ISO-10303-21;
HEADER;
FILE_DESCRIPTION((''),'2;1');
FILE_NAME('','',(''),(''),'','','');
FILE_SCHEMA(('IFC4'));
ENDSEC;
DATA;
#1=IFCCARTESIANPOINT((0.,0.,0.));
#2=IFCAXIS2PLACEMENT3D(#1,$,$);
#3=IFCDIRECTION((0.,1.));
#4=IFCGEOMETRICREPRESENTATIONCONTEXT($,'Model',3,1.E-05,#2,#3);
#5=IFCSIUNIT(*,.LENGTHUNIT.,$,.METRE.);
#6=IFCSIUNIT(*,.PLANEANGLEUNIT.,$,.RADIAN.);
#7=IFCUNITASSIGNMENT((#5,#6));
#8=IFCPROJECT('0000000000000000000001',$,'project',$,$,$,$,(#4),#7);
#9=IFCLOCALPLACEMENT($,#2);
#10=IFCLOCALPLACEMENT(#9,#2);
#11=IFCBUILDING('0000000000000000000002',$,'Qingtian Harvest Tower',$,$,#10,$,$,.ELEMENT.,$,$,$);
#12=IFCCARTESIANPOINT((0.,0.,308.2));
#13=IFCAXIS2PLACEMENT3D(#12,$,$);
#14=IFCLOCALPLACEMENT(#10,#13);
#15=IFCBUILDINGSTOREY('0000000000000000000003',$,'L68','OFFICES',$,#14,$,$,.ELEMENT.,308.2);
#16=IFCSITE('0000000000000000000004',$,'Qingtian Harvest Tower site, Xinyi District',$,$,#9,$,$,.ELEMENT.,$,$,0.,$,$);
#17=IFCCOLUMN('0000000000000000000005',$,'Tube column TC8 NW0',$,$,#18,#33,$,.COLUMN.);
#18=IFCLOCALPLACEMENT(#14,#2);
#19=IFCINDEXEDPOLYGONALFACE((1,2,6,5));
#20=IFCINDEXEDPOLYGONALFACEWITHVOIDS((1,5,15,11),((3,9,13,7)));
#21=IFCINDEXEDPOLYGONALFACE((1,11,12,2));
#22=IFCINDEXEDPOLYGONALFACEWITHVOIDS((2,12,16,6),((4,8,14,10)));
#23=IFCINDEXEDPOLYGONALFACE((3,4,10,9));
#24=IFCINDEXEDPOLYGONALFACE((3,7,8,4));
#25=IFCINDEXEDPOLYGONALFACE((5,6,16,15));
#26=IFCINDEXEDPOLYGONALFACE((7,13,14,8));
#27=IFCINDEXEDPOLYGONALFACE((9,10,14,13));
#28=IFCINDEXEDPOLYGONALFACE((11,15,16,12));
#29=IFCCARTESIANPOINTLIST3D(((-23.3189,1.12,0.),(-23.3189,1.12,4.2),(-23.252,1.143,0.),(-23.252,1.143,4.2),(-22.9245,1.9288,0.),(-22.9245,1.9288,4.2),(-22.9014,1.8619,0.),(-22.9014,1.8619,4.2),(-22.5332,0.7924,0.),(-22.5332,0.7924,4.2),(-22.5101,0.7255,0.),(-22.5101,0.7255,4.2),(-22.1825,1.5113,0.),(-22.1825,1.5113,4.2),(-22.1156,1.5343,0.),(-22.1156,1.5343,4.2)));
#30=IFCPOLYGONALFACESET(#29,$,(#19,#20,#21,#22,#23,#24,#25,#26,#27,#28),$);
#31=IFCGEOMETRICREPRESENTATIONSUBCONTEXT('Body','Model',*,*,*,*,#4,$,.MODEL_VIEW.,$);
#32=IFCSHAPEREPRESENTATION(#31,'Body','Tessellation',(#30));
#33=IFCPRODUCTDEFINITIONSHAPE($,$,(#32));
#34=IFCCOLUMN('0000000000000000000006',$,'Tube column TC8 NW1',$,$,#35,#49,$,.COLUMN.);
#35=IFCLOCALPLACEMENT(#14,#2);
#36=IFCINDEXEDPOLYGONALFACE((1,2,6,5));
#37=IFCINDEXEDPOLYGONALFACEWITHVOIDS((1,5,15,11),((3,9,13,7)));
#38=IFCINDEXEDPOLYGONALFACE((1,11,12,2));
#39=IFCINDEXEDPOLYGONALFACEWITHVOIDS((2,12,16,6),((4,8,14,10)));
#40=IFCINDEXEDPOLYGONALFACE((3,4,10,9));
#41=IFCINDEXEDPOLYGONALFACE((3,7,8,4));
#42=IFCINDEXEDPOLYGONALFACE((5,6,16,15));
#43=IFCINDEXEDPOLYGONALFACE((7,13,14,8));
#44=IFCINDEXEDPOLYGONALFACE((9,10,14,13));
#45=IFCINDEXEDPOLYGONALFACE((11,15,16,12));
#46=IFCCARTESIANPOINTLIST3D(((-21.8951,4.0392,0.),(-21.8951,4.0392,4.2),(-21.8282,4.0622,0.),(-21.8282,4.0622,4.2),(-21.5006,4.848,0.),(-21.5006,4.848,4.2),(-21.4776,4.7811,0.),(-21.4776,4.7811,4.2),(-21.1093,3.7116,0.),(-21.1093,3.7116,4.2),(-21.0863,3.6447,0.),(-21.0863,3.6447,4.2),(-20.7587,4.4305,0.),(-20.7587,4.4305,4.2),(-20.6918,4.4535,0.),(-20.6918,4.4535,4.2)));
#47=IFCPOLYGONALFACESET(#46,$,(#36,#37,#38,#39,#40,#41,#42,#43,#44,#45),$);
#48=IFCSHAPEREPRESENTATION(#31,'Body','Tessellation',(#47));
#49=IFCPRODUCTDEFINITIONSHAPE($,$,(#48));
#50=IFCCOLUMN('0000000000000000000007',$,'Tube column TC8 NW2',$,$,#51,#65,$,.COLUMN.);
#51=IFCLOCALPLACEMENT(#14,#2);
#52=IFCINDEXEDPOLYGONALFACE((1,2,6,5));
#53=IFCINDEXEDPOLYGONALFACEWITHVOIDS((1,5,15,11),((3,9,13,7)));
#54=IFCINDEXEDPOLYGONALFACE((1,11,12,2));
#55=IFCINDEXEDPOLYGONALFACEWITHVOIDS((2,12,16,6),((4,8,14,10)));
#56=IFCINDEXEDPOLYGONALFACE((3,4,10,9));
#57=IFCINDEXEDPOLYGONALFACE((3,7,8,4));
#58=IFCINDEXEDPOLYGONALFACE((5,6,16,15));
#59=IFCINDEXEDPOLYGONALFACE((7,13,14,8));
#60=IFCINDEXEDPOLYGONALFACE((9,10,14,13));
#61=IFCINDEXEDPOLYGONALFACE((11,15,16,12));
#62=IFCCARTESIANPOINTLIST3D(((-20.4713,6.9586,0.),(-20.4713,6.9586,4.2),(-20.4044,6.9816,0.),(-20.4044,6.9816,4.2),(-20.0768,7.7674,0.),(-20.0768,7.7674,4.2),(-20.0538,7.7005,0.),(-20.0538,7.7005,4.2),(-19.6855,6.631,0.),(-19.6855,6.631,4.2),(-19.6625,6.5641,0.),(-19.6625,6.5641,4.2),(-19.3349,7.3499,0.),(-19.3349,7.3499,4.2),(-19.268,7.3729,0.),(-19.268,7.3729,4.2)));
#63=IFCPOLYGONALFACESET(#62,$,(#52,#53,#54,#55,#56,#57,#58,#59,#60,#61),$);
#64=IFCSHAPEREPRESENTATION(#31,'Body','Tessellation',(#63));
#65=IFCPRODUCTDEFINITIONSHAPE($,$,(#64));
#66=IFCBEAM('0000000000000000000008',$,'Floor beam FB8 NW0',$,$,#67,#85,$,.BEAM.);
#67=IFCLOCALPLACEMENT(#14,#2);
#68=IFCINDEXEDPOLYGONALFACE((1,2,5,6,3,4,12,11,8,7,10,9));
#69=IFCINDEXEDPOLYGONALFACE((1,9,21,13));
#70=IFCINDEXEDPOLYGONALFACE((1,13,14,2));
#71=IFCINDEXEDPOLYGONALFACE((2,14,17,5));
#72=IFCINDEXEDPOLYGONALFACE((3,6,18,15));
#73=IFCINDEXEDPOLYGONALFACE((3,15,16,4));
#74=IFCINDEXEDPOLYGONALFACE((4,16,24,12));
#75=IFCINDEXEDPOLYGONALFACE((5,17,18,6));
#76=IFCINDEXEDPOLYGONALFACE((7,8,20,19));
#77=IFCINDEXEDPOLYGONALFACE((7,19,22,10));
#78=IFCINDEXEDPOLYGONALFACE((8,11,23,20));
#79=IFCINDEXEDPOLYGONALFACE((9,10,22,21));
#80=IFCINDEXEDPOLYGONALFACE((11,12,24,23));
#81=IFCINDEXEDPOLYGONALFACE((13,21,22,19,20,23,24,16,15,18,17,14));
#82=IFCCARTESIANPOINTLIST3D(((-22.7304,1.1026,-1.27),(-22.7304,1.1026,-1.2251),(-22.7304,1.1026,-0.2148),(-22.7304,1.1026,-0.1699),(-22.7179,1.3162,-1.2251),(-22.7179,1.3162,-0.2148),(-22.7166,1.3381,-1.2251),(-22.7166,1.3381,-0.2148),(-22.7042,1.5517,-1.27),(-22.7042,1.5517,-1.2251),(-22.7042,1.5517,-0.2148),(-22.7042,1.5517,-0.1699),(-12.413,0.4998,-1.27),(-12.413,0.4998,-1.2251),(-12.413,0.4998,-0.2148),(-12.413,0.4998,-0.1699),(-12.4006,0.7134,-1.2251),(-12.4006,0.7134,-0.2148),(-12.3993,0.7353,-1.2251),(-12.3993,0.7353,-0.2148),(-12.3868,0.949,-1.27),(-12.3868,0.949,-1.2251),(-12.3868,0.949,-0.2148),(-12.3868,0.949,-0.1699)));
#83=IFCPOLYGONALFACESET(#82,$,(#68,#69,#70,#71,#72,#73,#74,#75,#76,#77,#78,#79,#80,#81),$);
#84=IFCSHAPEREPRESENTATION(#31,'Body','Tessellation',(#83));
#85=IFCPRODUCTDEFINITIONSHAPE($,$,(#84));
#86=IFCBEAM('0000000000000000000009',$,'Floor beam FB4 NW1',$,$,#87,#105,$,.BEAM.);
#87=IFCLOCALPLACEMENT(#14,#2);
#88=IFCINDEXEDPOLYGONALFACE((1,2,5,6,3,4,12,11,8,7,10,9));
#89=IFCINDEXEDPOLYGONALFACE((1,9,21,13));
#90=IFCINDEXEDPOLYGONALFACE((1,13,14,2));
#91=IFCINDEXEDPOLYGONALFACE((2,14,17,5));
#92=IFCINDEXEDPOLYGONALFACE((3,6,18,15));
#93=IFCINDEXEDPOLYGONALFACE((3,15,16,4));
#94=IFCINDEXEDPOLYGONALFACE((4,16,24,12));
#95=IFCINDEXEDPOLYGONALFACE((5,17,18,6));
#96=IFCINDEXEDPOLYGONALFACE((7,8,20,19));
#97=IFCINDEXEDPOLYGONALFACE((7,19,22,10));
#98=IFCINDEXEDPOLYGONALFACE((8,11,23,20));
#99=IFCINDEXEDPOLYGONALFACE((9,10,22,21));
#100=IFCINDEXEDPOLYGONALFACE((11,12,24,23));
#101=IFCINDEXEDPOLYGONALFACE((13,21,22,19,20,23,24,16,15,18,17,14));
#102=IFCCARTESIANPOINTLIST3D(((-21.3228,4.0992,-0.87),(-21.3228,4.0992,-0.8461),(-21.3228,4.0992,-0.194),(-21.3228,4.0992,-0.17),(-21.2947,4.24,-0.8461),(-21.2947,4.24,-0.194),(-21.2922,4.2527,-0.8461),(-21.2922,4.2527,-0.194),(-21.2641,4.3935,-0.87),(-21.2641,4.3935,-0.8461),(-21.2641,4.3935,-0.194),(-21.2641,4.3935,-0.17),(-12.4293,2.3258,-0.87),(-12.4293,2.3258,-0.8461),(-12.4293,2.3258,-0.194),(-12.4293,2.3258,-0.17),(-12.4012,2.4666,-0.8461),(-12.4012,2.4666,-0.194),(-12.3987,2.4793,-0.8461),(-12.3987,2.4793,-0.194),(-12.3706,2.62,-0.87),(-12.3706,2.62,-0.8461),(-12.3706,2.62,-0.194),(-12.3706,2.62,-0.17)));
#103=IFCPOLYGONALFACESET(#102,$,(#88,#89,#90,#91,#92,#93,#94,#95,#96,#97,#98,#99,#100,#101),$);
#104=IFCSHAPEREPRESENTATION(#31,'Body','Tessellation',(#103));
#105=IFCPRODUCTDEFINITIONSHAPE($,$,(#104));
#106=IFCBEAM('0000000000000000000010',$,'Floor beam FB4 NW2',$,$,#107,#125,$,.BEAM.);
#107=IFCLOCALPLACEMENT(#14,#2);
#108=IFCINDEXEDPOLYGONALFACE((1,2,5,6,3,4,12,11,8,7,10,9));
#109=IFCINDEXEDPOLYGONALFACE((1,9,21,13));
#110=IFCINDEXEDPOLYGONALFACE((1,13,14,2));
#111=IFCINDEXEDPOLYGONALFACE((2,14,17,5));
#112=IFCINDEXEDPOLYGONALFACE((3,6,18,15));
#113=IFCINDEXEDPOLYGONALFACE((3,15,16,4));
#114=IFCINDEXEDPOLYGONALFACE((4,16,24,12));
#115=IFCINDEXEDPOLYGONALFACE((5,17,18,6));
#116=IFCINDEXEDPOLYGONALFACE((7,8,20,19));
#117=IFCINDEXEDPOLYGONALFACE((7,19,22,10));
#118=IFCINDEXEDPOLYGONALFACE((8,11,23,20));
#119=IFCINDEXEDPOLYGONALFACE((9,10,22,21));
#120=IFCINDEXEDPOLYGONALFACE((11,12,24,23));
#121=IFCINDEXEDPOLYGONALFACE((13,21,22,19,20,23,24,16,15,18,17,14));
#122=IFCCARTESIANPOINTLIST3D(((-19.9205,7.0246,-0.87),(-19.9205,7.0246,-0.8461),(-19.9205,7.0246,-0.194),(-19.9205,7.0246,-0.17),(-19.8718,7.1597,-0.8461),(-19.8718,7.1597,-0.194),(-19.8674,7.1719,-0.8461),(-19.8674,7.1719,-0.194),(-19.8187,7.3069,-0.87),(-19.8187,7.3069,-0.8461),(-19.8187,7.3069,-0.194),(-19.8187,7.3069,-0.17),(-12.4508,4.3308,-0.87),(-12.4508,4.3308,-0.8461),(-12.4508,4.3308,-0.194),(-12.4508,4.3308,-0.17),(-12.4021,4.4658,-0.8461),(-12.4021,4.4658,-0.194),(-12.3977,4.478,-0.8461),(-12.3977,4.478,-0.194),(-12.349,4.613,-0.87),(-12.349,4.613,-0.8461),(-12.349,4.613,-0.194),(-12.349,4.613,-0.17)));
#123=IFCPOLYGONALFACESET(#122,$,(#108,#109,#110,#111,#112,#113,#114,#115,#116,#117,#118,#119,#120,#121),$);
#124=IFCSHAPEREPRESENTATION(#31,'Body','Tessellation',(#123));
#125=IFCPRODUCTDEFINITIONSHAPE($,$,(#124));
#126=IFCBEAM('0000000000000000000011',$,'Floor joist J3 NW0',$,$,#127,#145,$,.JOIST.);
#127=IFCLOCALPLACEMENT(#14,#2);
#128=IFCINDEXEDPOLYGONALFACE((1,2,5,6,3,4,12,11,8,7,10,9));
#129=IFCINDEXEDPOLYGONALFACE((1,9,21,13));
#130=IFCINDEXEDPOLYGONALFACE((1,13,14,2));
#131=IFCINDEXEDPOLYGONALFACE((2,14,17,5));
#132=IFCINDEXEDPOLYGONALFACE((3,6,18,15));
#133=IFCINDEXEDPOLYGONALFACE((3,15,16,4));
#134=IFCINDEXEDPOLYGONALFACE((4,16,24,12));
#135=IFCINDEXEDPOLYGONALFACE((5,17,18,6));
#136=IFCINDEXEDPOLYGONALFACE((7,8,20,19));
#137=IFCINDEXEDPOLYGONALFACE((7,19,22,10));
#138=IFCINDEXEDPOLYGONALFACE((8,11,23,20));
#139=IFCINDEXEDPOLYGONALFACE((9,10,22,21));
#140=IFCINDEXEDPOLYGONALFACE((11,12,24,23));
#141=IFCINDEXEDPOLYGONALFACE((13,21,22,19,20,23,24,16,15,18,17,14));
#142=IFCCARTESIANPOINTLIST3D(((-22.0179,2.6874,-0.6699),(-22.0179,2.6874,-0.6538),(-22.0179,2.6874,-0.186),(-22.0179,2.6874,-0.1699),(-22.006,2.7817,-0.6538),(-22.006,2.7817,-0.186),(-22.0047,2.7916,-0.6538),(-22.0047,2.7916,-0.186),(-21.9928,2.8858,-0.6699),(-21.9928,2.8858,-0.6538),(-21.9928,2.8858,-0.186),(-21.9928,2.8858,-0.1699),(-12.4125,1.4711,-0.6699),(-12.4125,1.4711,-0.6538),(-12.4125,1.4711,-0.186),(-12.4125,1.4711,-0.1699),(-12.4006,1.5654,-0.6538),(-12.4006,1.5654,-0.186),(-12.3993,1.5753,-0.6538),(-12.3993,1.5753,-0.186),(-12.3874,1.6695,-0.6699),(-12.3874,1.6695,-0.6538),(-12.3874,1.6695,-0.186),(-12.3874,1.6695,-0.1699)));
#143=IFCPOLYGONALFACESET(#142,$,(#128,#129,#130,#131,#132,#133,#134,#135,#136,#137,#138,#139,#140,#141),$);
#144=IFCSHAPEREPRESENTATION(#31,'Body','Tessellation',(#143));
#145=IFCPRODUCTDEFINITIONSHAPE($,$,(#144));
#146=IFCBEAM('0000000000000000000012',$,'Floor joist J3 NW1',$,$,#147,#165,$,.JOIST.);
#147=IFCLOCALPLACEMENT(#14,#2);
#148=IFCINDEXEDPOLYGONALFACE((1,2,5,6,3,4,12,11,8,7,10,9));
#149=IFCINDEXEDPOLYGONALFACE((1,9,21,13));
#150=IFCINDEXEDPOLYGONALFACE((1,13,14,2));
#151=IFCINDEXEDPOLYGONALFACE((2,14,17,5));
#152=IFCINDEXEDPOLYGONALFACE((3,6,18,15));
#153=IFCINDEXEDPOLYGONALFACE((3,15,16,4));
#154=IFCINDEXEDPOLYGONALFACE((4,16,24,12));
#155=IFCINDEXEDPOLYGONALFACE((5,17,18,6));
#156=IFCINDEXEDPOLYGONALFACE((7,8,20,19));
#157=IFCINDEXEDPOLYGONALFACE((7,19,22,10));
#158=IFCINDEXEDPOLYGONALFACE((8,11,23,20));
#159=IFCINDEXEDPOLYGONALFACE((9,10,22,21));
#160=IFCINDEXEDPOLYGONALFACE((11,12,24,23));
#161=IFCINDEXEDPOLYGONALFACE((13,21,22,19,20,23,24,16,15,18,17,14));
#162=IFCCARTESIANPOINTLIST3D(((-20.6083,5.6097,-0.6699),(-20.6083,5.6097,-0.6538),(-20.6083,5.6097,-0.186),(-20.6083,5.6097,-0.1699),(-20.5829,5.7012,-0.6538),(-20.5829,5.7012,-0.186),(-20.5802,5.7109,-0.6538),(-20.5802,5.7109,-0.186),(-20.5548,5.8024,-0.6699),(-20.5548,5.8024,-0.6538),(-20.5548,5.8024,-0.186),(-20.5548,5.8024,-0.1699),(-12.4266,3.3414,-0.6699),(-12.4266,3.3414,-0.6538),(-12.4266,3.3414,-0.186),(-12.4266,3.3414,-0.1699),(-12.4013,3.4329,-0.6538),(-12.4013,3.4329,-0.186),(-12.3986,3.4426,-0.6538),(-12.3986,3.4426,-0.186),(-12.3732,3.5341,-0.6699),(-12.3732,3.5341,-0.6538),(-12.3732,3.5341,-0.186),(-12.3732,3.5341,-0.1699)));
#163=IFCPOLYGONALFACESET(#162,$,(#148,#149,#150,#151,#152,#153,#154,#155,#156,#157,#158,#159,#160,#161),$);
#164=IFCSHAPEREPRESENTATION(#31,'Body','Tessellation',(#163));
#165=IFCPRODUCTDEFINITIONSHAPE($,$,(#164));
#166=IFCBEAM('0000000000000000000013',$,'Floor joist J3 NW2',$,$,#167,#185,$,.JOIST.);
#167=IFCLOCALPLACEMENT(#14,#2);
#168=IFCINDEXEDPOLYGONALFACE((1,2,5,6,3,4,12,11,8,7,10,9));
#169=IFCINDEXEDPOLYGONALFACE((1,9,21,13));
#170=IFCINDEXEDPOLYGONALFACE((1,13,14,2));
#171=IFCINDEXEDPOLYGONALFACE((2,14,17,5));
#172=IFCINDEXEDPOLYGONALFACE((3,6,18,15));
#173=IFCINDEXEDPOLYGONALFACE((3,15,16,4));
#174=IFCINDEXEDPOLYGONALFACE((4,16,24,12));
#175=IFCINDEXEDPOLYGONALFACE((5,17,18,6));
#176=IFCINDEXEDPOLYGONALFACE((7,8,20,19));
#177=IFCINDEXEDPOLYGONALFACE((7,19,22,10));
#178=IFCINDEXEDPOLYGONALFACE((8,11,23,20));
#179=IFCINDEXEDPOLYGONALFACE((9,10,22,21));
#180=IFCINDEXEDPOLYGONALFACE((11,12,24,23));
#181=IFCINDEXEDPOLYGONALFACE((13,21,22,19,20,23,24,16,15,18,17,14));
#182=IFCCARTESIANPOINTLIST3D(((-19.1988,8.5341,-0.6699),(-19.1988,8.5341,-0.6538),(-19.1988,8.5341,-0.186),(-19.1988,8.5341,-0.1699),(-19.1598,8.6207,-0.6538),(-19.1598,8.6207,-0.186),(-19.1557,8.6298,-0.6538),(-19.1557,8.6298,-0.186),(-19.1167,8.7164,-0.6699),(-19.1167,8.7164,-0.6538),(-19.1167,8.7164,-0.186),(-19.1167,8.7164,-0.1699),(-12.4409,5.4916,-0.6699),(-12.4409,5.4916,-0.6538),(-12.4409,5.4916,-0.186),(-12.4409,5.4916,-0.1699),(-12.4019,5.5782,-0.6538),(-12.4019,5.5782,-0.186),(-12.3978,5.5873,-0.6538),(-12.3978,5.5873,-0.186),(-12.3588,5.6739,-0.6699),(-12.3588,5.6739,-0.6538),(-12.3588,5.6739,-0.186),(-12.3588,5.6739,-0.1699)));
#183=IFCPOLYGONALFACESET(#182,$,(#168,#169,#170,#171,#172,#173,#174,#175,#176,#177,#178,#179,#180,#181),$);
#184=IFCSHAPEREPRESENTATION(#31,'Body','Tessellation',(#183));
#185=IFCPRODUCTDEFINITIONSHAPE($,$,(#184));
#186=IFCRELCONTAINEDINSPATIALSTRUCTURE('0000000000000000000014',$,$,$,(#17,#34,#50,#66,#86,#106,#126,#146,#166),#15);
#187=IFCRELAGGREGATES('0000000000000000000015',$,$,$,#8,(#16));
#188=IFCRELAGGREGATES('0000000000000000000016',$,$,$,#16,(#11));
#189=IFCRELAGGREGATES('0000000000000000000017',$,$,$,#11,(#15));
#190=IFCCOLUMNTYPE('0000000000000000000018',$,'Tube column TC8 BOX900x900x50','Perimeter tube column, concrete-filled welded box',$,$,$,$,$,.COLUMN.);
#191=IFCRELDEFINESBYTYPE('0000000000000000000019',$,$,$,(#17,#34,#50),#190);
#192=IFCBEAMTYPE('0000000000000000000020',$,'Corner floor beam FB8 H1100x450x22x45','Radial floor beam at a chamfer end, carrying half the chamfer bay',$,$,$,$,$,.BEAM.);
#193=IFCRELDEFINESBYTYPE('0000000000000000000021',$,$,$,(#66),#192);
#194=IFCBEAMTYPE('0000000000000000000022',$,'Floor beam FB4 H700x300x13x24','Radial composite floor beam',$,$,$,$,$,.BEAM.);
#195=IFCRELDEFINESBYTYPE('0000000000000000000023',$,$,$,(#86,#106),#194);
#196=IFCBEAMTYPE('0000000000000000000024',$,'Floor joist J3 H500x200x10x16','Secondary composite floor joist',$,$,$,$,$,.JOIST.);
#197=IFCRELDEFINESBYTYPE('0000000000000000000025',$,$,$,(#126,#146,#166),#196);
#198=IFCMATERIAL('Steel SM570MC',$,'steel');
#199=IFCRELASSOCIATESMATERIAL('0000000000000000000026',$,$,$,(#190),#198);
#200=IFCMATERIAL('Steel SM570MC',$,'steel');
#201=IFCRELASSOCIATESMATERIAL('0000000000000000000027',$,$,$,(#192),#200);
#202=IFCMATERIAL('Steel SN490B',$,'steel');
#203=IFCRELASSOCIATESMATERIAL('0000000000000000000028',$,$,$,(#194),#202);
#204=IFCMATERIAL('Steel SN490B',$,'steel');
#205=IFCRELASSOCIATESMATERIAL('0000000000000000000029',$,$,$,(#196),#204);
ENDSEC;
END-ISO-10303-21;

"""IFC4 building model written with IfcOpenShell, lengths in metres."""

from ifc_helpers import new_model, si_unit, direction, frame, origin, origin_2d, place, context, subcontext, project, spatial, hollow_rectangle, i_section, extrude, material, material_profile, profile_set, type_object, element, save


model = new_model("IFC4")

# Units and contexts
model_context = context("Model", 3, precision=1e-05, world=origin(), true_north=direction((0.0, 1.0)))
body_context = subcontext(model_context, "Body", "Model", "MODEL_VIEW")
ifc_project = project(units=[si_unit("LENGTHUNIT", "METRE"), si_unit("PLANEANGLEUNIT", "RADIAN")], contexts=[model_context])

# Site, building, storey
site_placement = place(None, origin())
site = spatial("IfcSite", under=ifc_project, at=site_placement, Name="Qingtian Harvest Tower site, Xinyi District", CompositionType="ELEMENT", RefElevation=0.0)
building_placement = place(site_placement, origin())
building = spatial("IfcBuilding", under=site, at=building_placement, Name="Qingtian Harvest Tower", CompositionType="ELEMENT")
storey_placement = place(building_placement, frame((0.0, 0.0, 308.2)))
storey = spatial("IfcBuildingStorey", under=building, at=storey_placement, Name="L68", Description="OFFICES", CompositionType="ELEMENT", Elevation=308.2)

# Columns
ifc_material_1 = material(Name="Steel SM570MC", Category="steel")
ifc_material_profile_1 = material_profile(ifc_material_1, hollow_rectangle(XDim=0.8999, YDim=0.8999, WallThickness=0.05, at=origin_2d()), Name="BOX900x900x50")
ifc_profile_set_1 = profile_set([ifc_material_profile_1], Name="Steel SM570MC")
column_type = type_object("IfcColumnType", Name="Tube column TC8 BOX900x900x50", Description="Perimeter tube column, concrete-filled welded box", PredefinedType="COLUMN", material=ifc_profile_set_1)
for number, where, z_axis, x_axis, name in (
    (1, (-22.7173, 1.3271, 0.0), (0.0, 0.0, 1.0), (-0.438371, -0.898794, 0.0), "Tube column TC8 NW0"),
    (2, (-21.2935, 4.2463, 0.0), (0.0, 0.0, 1.0), (-0.438371, -0.898794, 0.0), "Tube column TC8 NW1"),
    (3, (-19.8696, 7.1658, 0.0), (0.0, 0.0, 1.0), (-0.438371, -0.898794, 0.0), "Tube column TC8 NW2"),
):
    element("IfcColumn", number, at=place(storey_placement, frame(where, z_axis=z_axis, x_axis=x_axis)), inside=storey, type_object=column_type, Name=name, PredefinedType="COLUMN", context=body_context, shape_type="SweptSolid", body=[
        extrude(hollow_rectangle(XDim=0.8999, YDim=0.8999, WallThickness=0.05, at=origin_2d()), origin(), (0.0, 0.0, 1.0), 4.2),
    ])

# Beams
ifc_material_2 = material(Name="Steel SM570MC", Category="steel")
ifc_material_profile_2 = material_profile(ifc_material_2, i_section(OverallWidth=0.45, OverallDepth=1.1001, WebThickness=0.022, FlangeThickness=0.0449, at=origin_2d()), Name="H1100x450x22x45")
ifc_profile_set_2 = profile_set([ifc_material_profile_2], Name="Steel SM570MC")
beam_type_1 = type_object("IfcBeamType", Name="Corner floor beam FB8 H1100x450x22x45", Description="Radial floor beam at a chamfer end, carrying half the chamfer bay", PredefinedType="BEAM", material=ifc_profile_set_2)
beam_1_placement = place(storey_placement, frame((-22.7173, 1.3271, -0.72), z_axis=(0.998298, -0.058325, 0.0), x_axis=(0.058325, 0.998298, 0.0)))
element("IfcBeam", 4, at=beam_1_placement, inside=storey, type_object=beam_type_1, Name="Floor beam FB8 NW0", PredefinedType="BEAM", context=body_context, shape_type="SweptSolid", body=[
    extrude(i_section(OverallWidth=0.45, OverallDepth=1.1001, WebThickness=0.022, FlangeThickness=0.0449, at=origin_2d()), origin(), (0.0, 0.0, 1.0), 10.335),
])
ifc_material_3 = material(Name="Steel SN490B", Category="steel")
ifc_material_profile_3 = material_profile(ifc_material_3, i_section(OverallWidth=0.3, OverallDepth=0.7, WebThickness=0.0129, FlangeThickness=0.0239, at=origin_2d()), Name="H700x300x13x24")
ifc_profile_set_3 = profile_set([ifc_material_profile_3], Name="Steel SN490B")
beam_type_2 = type_object("IfcBeamType", Name="Floor beam FB4 H700x300x13x24", Description="Radial composite floor beam", PredefinedType="BEAM", material=ifc_profile_set_3)
beam_2_placement = place(storey_placement, frame((-21.2935, 4.2463, -0.52), z_axis=(0.980692, -0.195557, 0.0), x_axis=(0.195557, 0.980692, 0.0)))
element("IfcBeam", 5, at=beam_2_placement, inside=storey, type_object=beam_type_2, Name="Floor beam FB4 NW1", PredefinedType="BEAM", context=body_context, shape_type="SweptSolid", body=[
    extrude(i_section(OverallWidth=0.3, OverallDepth=0.7, WebThickness=0.0129, FlangeThickness=0.0239, at=origin_2d()), origin(), (0.0, 0.0, 1.0), 9.0686),
])
beam_3_placement = place(storey_placement, frame((-19.8696, 7.1658, -0.52), z_axis=(0.940697, -0.339249, 0.0), x_axis=(0.339249, 0.940697, 0.0)))
element("IfcBeam", 6, at=beam_3_placement, inside=storey, type_object=beam_type_2, Name="Floor beam FB4 NW2", PredefinedType="BEAM", context=body_context, shape_type="SweptSolid", body=[
    extrude(i_section(OverallWidth=0.3, OverallDepth=0.7, WebThickness=0.0129, FlangeThickness=0.0239, at=origin_2d()), origin(), (0.0, 0.0, 1.0), 7.9407),
])
ifc_material_4 = material(Name="Steel SN490B", Category="steel")
ifc_material_profile_4 = material_profile(ifc_material_4, i_section(OverallWidth=0.2, OverallDepth=0.5, WebThickness=0.01, FlangeThickness=0.0161, at=origin_2d()), Name="H500x200x10x16")
ifc_profile_set_4 = profile_set([ifc_material_profile_4], Name="Steel SN490B")
beam_type_3 = type_object("IfcBeamType", Name="Floor joist J3 H500x200x10x16", Description="Secondary composite floor joist", PredefinedType="JOIST", material=ifc_profile_set_4)
beam_4_placement = place(storey_placement, frame((-22.0054, 2.7866, -0.4199), z_axis=(0.992078, -0.125624, 0.0), x_axis=(0.125624, 0.992078, 0.0)))
element("IfcBeam", 7, at=beam_4_placement, inside=storey, type_object=beam_type_3, Name="Floor joist J3 NW0", PredefinedType="JOIST", context=body_context, shape_type="SweptSolid", body=[
    extrude(i_section(OverallWidth=0.2, OverallDepth=0.5, WebThickness=0.01, FlangeThickness=0.0161, at=origin_2d()), origin(), (0.0, 0.0, 1.0), 9.6821),
])
beam_5_placement = place(storey_placement, frame((-20.5815, 5.7061, -0.4199), z_axis=(0.96365, -0.267166, 0.0), x_axis=(0.267166, 0.96365, 0.0)))
element("IfcBeam", 8, at=beam_5_placement, inside=storey, type_object=beam_type_3, Name="Floor joist J3 NW1", PredefinedType="JOIST", context=body_context, shape_type="SweptSolid", body=[
    extrude(i_section(OverallWidth=0.2, OverallDepth=0.5, WebThickness=0.01, FlangeThickness=0.0161, at=origin_2d()), origin(), (0.0, 0.0, 1.0), 8.4902),
])
beam_6_placement = place(storey_placement, frame((-19.1577, 8.6252, -0.4199), z_axis=(0.911848, -0.410529, 0.0), x_axis=(0.410529, 0.911848, 0.0)))
element("IfcBeam", 9, at=beam_6_placement, inside=storey, type_object=beam_type_3, Name="Floor joist J3 NW2", PredefinedType="JOIST", context=body_context, shape_type="SweptSolid", body=[
    extrude(i_section(OverallWidth=0.2, OverallDepth=0.5, WebThickness=0.01, FlangeThickness=0.0161, at=origin_2d()), origin(), (0.0, 0.0, 1.0), 7.4111),
])

save(model, "model.ifc")
